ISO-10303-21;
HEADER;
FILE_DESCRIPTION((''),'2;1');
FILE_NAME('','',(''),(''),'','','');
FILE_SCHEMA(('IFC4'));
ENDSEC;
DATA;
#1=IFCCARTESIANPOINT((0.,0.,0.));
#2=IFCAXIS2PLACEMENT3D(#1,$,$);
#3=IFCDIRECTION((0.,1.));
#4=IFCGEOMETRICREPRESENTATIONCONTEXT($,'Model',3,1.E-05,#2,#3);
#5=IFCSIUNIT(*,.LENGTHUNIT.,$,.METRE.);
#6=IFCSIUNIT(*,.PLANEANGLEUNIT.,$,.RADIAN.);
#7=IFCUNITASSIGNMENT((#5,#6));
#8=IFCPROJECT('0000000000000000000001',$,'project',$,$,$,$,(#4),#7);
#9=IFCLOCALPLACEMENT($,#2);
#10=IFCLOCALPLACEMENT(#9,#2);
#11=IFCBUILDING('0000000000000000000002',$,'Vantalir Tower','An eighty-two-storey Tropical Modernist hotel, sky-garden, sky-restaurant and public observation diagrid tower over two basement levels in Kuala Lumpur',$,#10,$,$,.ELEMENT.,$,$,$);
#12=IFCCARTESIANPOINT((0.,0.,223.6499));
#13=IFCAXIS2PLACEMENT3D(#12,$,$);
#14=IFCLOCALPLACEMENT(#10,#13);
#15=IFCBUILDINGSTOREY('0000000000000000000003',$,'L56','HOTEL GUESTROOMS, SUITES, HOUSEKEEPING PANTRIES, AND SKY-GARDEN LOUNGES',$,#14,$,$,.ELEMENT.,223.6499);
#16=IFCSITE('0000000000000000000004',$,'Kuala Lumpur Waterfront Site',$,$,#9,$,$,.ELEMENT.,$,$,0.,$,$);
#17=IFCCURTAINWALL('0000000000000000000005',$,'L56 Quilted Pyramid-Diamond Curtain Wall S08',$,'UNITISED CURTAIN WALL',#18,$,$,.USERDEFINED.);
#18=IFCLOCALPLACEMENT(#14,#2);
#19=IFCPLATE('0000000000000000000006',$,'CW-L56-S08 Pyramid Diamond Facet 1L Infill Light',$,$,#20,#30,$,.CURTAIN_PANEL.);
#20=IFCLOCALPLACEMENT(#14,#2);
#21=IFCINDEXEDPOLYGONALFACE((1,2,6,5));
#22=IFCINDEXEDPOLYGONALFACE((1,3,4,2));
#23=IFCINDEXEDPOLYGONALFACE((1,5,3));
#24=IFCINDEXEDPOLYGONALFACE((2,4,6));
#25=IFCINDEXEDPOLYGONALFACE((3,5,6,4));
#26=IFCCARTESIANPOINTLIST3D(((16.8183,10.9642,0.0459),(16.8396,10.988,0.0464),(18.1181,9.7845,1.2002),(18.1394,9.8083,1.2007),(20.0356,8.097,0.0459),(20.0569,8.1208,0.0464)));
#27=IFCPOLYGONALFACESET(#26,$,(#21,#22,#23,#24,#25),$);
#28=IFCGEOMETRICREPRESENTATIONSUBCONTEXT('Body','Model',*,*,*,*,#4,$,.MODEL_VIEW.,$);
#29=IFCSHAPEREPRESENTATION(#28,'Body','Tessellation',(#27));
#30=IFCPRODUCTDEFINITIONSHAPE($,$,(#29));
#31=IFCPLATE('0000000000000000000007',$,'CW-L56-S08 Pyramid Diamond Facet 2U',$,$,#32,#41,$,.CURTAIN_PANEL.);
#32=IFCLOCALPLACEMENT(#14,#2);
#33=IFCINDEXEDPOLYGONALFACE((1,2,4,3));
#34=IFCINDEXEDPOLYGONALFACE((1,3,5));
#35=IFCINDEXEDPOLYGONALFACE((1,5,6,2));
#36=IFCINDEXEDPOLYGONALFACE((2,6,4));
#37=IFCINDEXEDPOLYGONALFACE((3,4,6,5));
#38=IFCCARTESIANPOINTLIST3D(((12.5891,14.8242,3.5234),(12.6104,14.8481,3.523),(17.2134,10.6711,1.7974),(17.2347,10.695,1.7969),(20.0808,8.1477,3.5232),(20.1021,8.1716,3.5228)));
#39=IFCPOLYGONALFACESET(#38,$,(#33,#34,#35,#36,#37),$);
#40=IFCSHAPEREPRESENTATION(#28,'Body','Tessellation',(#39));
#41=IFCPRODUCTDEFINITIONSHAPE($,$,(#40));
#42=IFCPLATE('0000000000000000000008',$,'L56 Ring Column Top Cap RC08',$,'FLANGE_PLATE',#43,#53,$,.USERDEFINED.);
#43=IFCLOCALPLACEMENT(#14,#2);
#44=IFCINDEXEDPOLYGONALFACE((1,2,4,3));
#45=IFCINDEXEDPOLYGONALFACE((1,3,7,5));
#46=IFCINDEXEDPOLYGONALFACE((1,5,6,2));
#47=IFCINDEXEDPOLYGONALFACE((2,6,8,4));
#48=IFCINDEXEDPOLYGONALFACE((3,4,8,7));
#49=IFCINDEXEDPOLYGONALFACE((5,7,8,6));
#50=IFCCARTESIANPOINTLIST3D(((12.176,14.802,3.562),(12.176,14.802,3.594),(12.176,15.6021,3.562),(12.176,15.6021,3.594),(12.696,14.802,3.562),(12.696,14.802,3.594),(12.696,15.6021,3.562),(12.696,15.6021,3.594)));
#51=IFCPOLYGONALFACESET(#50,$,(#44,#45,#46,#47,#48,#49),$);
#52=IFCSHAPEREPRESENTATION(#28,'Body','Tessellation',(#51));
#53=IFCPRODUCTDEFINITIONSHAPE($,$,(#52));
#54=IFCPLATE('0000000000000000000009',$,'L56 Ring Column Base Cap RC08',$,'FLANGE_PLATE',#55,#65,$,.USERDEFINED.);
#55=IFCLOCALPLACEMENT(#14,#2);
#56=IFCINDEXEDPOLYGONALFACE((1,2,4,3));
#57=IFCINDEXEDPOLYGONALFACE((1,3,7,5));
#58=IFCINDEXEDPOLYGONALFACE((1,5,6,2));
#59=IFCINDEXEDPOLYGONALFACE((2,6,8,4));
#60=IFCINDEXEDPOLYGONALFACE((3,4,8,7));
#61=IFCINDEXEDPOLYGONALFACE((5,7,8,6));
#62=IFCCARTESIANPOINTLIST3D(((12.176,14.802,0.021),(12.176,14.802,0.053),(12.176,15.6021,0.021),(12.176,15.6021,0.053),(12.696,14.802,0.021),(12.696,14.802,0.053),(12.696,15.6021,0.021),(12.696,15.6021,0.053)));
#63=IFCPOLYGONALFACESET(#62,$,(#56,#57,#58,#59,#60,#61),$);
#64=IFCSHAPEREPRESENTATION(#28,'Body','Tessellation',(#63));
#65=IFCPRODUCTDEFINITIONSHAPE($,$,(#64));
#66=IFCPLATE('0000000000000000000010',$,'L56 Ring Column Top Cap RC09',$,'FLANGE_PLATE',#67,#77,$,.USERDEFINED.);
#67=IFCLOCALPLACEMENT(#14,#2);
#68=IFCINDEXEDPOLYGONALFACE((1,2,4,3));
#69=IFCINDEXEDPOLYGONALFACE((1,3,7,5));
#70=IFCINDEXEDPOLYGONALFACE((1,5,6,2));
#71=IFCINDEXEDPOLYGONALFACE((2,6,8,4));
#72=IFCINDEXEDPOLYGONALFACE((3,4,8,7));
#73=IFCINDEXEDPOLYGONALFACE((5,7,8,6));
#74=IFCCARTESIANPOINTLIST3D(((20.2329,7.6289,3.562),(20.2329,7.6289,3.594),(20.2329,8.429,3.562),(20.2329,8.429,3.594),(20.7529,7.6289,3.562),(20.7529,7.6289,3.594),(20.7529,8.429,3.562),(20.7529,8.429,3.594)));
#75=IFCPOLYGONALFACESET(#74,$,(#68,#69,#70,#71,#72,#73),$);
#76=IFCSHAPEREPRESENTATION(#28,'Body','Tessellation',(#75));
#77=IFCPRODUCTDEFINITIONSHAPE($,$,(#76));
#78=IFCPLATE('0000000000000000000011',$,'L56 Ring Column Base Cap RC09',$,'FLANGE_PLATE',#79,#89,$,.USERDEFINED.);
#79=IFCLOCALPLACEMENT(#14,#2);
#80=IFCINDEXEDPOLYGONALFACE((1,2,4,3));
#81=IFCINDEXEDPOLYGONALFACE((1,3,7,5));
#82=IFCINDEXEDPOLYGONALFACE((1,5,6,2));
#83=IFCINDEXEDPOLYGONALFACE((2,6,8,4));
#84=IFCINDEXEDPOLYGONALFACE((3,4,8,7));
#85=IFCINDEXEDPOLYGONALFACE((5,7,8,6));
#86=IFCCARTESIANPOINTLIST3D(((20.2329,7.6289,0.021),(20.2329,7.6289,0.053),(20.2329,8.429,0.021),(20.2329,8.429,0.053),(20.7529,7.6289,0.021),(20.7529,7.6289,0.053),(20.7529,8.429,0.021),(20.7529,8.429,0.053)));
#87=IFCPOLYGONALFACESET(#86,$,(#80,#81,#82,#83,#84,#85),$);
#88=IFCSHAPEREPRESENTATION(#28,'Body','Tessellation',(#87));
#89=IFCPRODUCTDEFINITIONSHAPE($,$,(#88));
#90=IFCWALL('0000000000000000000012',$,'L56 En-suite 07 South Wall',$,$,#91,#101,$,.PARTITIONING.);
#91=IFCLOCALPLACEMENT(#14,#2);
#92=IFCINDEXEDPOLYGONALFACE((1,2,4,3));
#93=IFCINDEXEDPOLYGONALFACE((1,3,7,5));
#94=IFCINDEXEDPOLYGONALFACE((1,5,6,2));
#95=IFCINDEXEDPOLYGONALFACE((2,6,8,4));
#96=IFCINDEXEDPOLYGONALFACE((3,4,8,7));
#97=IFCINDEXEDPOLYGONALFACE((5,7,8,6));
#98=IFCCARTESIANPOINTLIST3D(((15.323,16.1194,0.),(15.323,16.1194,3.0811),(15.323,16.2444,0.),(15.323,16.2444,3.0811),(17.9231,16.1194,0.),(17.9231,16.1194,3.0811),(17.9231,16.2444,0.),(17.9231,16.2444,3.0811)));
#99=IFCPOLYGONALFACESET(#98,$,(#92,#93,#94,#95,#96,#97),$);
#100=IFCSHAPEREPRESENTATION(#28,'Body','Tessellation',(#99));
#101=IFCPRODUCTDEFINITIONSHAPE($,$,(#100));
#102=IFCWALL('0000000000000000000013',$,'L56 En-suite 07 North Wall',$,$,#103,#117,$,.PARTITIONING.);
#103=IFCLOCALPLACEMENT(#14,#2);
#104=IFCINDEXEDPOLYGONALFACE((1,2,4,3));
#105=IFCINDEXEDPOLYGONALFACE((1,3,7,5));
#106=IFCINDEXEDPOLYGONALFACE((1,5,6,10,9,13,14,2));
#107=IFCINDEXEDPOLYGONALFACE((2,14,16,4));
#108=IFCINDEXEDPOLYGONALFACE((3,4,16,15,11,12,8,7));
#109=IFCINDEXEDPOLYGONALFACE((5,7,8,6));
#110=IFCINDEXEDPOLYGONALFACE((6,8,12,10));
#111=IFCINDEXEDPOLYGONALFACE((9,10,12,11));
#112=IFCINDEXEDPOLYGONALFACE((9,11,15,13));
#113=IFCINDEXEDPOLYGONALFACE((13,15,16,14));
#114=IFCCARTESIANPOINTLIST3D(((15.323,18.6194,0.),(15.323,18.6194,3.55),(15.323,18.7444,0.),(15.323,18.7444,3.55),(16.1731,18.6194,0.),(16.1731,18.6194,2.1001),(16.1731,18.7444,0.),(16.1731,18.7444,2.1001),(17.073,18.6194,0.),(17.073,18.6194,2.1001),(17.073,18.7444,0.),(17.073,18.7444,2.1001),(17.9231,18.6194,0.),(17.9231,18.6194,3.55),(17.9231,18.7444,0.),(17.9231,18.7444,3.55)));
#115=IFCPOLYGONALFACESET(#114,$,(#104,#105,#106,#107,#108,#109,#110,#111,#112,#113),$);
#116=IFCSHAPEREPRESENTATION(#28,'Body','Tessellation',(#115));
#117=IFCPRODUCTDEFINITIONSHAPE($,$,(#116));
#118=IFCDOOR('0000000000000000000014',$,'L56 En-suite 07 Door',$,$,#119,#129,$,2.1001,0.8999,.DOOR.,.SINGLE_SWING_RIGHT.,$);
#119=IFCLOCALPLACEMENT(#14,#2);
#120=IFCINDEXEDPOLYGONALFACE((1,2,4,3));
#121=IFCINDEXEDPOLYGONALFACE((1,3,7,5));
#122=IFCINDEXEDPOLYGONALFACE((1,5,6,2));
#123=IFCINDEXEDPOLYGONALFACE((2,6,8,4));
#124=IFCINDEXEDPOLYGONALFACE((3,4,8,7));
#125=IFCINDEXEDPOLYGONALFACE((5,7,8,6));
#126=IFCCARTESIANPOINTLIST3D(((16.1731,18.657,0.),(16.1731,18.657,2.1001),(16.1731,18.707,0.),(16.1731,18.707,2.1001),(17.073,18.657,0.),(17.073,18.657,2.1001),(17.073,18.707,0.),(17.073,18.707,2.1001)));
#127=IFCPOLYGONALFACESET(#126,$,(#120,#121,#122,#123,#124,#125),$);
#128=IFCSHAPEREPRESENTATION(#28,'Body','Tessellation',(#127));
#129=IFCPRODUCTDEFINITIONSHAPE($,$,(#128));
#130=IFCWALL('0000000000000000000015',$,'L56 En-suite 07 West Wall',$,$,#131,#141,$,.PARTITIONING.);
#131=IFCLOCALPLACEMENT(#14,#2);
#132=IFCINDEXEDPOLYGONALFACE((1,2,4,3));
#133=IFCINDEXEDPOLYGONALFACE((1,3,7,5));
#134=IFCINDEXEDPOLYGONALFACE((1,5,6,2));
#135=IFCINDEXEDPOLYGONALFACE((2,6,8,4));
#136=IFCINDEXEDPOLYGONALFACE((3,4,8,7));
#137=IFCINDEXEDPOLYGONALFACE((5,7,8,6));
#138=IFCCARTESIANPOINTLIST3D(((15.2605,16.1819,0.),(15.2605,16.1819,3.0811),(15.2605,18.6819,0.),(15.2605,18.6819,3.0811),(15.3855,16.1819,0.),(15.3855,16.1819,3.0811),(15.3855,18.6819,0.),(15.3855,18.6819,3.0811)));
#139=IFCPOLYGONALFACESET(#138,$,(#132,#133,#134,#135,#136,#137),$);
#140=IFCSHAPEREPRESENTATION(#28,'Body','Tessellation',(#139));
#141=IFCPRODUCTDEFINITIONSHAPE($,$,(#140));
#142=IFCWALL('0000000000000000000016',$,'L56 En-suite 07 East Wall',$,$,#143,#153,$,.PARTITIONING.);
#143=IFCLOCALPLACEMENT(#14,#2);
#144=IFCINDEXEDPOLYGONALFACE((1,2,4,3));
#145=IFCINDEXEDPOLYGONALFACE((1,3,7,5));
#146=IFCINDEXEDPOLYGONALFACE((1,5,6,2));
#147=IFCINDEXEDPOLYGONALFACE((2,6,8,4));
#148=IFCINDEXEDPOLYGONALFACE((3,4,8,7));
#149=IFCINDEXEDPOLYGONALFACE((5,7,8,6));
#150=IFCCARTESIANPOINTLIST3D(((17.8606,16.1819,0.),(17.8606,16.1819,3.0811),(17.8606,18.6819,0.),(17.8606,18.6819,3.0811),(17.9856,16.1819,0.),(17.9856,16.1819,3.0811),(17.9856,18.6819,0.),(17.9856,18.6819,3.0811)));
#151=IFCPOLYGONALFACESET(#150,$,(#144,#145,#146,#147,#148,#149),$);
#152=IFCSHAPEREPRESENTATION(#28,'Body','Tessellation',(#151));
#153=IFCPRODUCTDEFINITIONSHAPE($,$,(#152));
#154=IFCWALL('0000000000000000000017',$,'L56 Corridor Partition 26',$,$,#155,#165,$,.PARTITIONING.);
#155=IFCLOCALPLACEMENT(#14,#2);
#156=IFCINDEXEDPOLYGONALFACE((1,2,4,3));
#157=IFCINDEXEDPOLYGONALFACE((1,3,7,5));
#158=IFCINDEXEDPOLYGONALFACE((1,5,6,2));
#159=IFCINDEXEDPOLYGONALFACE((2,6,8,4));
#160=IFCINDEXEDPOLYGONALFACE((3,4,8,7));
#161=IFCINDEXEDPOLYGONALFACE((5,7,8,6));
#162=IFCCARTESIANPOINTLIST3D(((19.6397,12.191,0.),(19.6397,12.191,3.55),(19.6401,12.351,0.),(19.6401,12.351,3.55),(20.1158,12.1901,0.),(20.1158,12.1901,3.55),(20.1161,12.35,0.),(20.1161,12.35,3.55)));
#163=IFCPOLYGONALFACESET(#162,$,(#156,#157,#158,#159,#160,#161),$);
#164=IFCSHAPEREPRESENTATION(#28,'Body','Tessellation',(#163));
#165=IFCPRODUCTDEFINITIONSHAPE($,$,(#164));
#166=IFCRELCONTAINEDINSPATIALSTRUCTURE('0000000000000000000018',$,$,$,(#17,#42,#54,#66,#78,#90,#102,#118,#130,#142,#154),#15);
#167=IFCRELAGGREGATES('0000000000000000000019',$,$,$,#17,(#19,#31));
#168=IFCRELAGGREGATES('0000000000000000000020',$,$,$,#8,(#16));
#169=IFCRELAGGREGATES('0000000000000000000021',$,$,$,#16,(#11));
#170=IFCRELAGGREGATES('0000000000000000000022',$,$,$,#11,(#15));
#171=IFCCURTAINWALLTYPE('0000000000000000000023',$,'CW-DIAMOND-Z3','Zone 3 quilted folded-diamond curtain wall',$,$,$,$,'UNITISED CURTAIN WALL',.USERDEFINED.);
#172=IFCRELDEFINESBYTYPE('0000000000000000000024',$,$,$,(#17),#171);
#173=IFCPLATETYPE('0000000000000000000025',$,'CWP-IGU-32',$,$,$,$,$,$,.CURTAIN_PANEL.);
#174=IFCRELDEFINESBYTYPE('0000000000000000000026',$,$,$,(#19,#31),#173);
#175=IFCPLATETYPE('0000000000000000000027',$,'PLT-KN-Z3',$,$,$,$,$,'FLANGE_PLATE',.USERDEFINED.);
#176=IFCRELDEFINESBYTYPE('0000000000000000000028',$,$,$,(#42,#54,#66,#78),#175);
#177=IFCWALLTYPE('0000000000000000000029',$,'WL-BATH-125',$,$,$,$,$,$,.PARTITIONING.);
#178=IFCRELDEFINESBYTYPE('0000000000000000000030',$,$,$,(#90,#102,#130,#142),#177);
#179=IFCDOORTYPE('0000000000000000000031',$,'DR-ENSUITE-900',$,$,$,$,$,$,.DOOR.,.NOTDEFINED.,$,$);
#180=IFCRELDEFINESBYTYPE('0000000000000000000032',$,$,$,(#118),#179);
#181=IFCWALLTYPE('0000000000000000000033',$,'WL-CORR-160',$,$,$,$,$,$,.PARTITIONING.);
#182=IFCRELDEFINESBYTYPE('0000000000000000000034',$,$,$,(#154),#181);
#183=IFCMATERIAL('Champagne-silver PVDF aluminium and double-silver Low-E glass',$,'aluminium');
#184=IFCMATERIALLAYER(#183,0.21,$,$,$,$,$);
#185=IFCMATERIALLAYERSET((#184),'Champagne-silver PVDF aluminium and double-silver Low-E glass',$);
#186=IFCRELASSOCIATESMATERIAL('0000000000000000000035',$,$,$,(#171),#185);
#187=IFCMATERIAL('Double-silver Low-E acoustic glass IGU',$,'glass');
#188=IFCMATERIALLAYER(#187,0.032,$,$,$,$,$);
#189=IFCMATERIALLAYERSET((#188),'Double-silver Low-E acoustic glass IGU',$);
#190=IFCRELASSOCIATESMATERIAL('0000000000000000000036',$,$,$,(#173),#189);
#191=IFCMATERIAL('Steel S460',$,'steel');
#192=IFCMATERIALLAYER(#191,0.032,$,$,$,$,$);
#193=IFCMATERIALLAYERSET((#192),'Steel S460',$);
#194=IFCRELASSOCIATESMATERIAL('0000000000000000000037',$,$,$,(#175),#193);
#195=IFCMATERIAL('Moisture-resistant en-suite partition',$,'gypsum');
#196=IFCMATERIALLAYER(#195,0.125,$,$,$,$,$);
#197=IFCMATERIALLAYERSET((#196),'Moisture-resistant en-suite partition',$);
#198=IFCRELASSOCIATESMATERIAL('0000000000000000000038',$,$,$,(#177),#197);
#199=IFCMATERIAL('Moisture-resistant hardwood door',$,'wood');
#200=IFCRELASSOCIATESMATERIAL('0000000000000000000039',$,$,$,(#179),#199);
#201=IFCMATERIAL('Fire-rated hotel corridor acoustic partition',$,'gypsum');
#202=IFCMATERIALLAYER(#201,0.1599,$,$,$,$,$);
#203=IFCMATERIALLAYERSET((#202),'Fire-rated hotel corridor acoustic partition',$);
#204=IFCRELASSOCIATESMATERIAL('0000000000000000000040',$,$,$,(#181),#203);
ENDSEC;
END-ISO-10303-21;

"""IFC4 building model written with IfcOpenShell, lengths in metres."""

from ifc_helpers import new_model, si_unit, direction, frame, frame_2d, origin, place, context, subcontext, project, spatial, polyline, rectangle, outline, extrude, material, layer, layer_set, type_object, element, fill, aggregate, save


model = new_model("IFC4")

# Units and contexts
model_context = context("Model", 3, precision=1e-05, world=origin(), true_north=direction((0.0, 1.0)))
body_context = subcontext(model_context, "Body", "Model", "MODEL_VIEW")
ifc_project = project(units=[si_unit("LENGTHUNIT", "METRE"), si_unit("PLANEANGLEUNIT", "RADIAN")], contexts=[model_context])

# Site, building, storey
site_placement = place(None, origin())
site = spatial("IfcSite", under=ifc_project, at=site_placement, Name="Kuala Lumpur Waterfront Site", CompositionType="ELEMENT", RefElevation=0.0)
building_placement = place(site_placement, origin())
building = spatial("IfcBuilding", under=site, at=building_placement, Name="Vantalir Tower", Description="An eighty-two-storey Tropical Modernist hotel, sky-garden, sky-restaurant and public observation diagrid tower over two basement levels in Kuala Lumpur", CompositionType="ELEMENT")
storey_placement = place(building_placement, frame((0.0, 0.0, 223.6499)))
storey = spatial("IfcBuildingStorey", under=building, at=storey_placement, Name="L56", Description="HOTEL GUESTROOMS, SUITES, HOUSEKEEPING PANTRIES, AND SKY-GARDEN LOUNGES", CompositionType="ELEMENT", Elevation=223.6499)

# Shared definitions
ifc_material_1 = material(Name="Steel S460", Category="steel")

# Curtain wall, plates
ifc_material_2 = material(Name="Champagne-silver PVDF aluminium and double-silver Low-E glass", Category="aluminium")
ifc_layer_1 = layer(ifc_material_2, 0.21)
ifc_layer_set_1 = layer_set([ifc_layer_1], Name="Champagne-silver PVDF aluminium and double-silver Low-E glass")
curtain_wall_type = type_object("IfcCurtainWallType", Name="CW-DIAMOND-Z3", Description="Zone 3 quilted folded-diamond curtain wall", ElementType="UNITISED CURTAIN WALL", PredefinedType="USERDEFINED", material=ifc_layer_set_1)
curtain_wall_placement = place(storey_placement, origin())
curtain_wall = element("IfcCurtainWall", 1, at=curtain_wall_placement, inside=storey, type_object=curtain_wall_type, Name="L56 Quilted Pyramid-Diamond Curtain Wall S08", ObjectType="UNITISED CURTAIN WALL", PredefinedType="USERDEFINED")
ifc_material_3 = material(Name="Double-silver Low-E acoustic glass IGU", Category="glass")
ifc_layer_2 = layer(ifc_material_3, 0.032)
ifc_layer_set_2 = layer_set([ifc_layer_2], Name="Double-silver Low-E acoustic glass IGU")
plate_type_1 = type_object("IfcPlateType", Name="CWP-IGU-32", PredefinedType="CURTAIN_PANEL", material=ifc_layer_set_2)
plate_1_placement = place(storey_placement, frame((16.8396, 10.988, 0.0464), z_axis=(0.665256, 0.746488, 0.013791), x_axis=(0.746559, -0.66532, 0.0)))
plate_1 = element("IfcPlate", 2, at=plate_1_placement, type_object=plate_type_1, Name="CW-L56-S08 Pyramid Diamond Facet 1L Infill Light", PredefinedType="CURTAIN_PANEL", context=body_context, shape_type="SweptSolid", body=[
    extrude(outline(polyline([(0.0, 0.0), (4.3095, 0.0), (1.7552, -1.1544), (0.0, 0.0)])), origin(), (0.0, 0.0, -1.0), 0.032),
])
plate_2_placement = place(storey_placement, frame((20.0808, 8.1477, 3.5232), z_axis=(-0.665258, -0.746485, 0.013833), x_axis=(-0.746556, 0.665322, 0.000024)))
plate_2 = element("IfcPlate", 3, at=plate_2_placement, type_object=plate_type_1, Name="CW-L56-S08 Pyramid Diamond Facet 2U", PredefinedType="CURTAIN_PANEL", context=body_context, shape_type="SweptSolid", body=[
    extrude(outline(polyline([(0.0, 0.0), (10.035, 0.0), (3.8196, 1.7261), (0.0, 0.0)])), origin(), (0.0, 0.0, -1.0), 0.032),
])
aggregate(curtain_wall, [plate_1, plate_2])

# Plates
ifc_layer_3 = layer(ifc_material_1, 0.032)
ifc_layer_set_3 = layer_set([ifc_layer_3], Name="Steel S460")
plate_type_2 = type_object("IfcPlateType", Name="PLT-KN-Z3", ElementType="FLANGE_PLATE", PredefinedType="USERDEFINED", material=ifc_layer_set_3)
for number, where, z_axis, x_axis, name in (
    (4, (12.176, 15.6021, 3.594), (0.0, 0.0, 1.0), (0.0, -1.0, 0.0), "L56 Ring Column Top Cap RC08"),
    (5, (12.176, 15.6021, 0.053), (0.0, 0.0, 1.0), (0.0, -1.0, 0.0), "L56 Ring Column Base Cap RC08"),
    (6, (20.2329, 8.429, 3.594), (0.0, 0.0, 1.0), (0.0, -1.0, 0.0), "L56 Ring Column Top Cap RC09"),
    (7, (20.2329, 8.429, 0.053), (0.0, 0.0, 1.0), (0.0, -1.0, 0.0), "L56 Ring Column Base Cap RC09"),
):
    element("IfcPlate", number, at=place(storey_placement, frame(where, z_axis=z_axis, x_axis=x_axis)), inside=storey, type_object=plate_type_2, Name=name, ObjectType="FLANGE_PLATE", PredefinedType="USERDEFINED", context=body_context, shape_type="SweptSolid", body=[
        extrude(outline(polyline([(0.0, 0.0), (0.8, 0.0), (0.8, 0.52), (0.0, 0.52), (0.0, 0.0)])), origin(), (0.0, 0.0, -1.0), 0.032),
    ])

# Wall
ifc_material_4 = material(Name="Moisture-resistant en-suite partition", Category="gypsum")
ifc_layer_4 = layer(ifc_material_4, 0.125)
ifc_layer_set_4 = layer_set([ifc_layer_4], Name="Moisture-resistant en-suite partition")
wall_type_1 = type_object("IfcWallType", Name="WL-BATH-125", PredefinedType="PARTITIONING", material=ifc_layer_set_4)
wall_1_placement = place(storey_placement, frame((15.323, 16.1819, 0.0), z_axis=(0.0, 0.0, 1.0), x_axis=(1.0, 0.0, 0.0)))
element("IfcWall", 8, at=wall_1_placement, inside=storey, type_object=wall_type_1, Name="L56 En-suite 07 South Wall", PredefinedType="PARTITIONING", context=body_context, shape_type="SweptSolid", body=[
    extrude(rectangle(XDim=2.6001, YDim=0.125, at=frame_2d((1.3, 0.0))), origin(), (0.0, 0.0, 1.0), 3.0811),
])

# Wall, opening, door
wall_2_placement = place(storey_placement, frame((15.323, 18.6819, 0.0), z_axis=(0.0, 0.0, 1.0), x_axis=(1.0, 0.0, 0.0)))
wall_2 = element("IfcWall", 9, at=wall_2_placement, inside=storey, type_object=wall_type_1, Name="L56 En-suite 07 North Wall", PredefinedType="PARTITIONING", context=body_context, shape_type="SweptSolid", body=[
    extrude(rectangle(XDim=2.6001, YDim=0.125, at=frame_2d((1.3, 0.0))), origin(), (0.0, 0.0, 1.0), 3.55),
])
opening_1_placement = place(wall_2_placement, frame((0.8501, 0.0, 0.0)))
opening_1 = element("IfcOpeningElement", 10, at=opening_1_placement, cuts=wall_2, PredefinedType="OPENING", context=body_context, shape_type="SweptSolid", body=[
    extrude(rectangle(XDim=0.8999, YDim=2.1001, at=frame_2d((0.45, 1.05))), frame((0.0, 0.0725, 0.0), z_axis=(0.0, -1.0, 0.0), x_axis=(1.0, 0.0, 0.0)), (0.0, 0.0, 1.0), 0.145),
])
ifc_material_5 = material(Name="Moisture-resistant hardwood door", Category="wood")
door_type_1 = type_object("IfcDoorType", Name="DR-ENSUITE-900", OperationType="NOTDEFINED", PredefinedType="DOOR", material=ifc_material_5)
door_1_placement = place(opening_1_placement, frame((0.8999, 0.0, 0.0), z_axis=(0.0, 0.0, 1.0), x_axis=(-1.0, 0.0, 0.0)))
door_1 = element("IfcDoor", 11, at=door_1_placement, inside=storey, type_object=door_type_1, Name="L56 En-suite 07 Door", OperationType="SINGLE_SWING_RIGHT", OverallHeight=2.1001, OverallWidth=0.8999, PredefinedType="DOOR", context=body_context, shape_type="SweptSolid", body=[
    extrude(rectangle(XDim=0.8999, YDim=2.1001, at=frame_2d((0.45, 1.05))), frame((0.0, 0.0249, 0.0), z_axis=(0.0, -1.0, 0.0), x_axis=(1.0, 0.0, 0.0)), (0.0, 0.0, 1.0), 0.05),
])
fill(opening_1, door_1)

# Walls
for number, where, z_axis, x_axis, name in (
    (12, (15.323, 16.1819, 0.0), (0.0, 0.0, 1.0), (0.0, 1.0, 0.0), "L56 En-suite 07 West Wall"),
    (13, (17.9231, 16.1819, 0.0), (0.0, 0.0, 1.0), (0.0, 1.0, 0.0), "L56 En-suite 07 East Wall"),
):
    element("IfcWall", number, at=place(storey_placement, frame(where, z_axis=z_axis, x_axis=x_axis)), inside=storey, type_object=wall_type_1, Name=name, PredefinedType="PARTITIONING", context=body_context, shape_type="SweptSolid", body=[
        extrude(rectangle(XDim=2.5, YDim=0.125, at=frame_2d((1.25, 0.0))), origin(), (0.0, 0.0, 1.0), 3.0811),
    ])
ifc_material_6 = material(Name="Fire-rated hotel corridor acoustic partition", Category="gypsum")
ifc_layer_5 = layer(ifc_material_6, 0.1599)
ifc_layer_set_5 = layer_set([ifc_layer_5], Name="Fire-rated hotel corridor acoustic partition")
wall_type_2 = type_object("IfcWallType", Name="WL-CORR-160", PredefinedType="PARTITIONING", material=ifc_layer_set_5)
wall_3_placement = place(storey_placement, frame((20.116, 12.27, 0.0), z_axis=(0.0, 0.0, 1.0), x_axis=(-0.999998, 0.002051, 0.0)))
element("IfcWall", 14, at=wall_3_placement, inside=storey, type_object=wall_type_2, Name="L56 Corridor Partition 26", PredefinedType="PARTITIONING", context=body_context, shape_type="SweptSolid", body=[
    extrude(rectangle(XDim=0.4761, YDim=0.1599, at=frame_2d((0.238, 0.0))), origin(), (0.0, 0.0, 1.0), 3.55),
])

save(model, "model.ifc")
